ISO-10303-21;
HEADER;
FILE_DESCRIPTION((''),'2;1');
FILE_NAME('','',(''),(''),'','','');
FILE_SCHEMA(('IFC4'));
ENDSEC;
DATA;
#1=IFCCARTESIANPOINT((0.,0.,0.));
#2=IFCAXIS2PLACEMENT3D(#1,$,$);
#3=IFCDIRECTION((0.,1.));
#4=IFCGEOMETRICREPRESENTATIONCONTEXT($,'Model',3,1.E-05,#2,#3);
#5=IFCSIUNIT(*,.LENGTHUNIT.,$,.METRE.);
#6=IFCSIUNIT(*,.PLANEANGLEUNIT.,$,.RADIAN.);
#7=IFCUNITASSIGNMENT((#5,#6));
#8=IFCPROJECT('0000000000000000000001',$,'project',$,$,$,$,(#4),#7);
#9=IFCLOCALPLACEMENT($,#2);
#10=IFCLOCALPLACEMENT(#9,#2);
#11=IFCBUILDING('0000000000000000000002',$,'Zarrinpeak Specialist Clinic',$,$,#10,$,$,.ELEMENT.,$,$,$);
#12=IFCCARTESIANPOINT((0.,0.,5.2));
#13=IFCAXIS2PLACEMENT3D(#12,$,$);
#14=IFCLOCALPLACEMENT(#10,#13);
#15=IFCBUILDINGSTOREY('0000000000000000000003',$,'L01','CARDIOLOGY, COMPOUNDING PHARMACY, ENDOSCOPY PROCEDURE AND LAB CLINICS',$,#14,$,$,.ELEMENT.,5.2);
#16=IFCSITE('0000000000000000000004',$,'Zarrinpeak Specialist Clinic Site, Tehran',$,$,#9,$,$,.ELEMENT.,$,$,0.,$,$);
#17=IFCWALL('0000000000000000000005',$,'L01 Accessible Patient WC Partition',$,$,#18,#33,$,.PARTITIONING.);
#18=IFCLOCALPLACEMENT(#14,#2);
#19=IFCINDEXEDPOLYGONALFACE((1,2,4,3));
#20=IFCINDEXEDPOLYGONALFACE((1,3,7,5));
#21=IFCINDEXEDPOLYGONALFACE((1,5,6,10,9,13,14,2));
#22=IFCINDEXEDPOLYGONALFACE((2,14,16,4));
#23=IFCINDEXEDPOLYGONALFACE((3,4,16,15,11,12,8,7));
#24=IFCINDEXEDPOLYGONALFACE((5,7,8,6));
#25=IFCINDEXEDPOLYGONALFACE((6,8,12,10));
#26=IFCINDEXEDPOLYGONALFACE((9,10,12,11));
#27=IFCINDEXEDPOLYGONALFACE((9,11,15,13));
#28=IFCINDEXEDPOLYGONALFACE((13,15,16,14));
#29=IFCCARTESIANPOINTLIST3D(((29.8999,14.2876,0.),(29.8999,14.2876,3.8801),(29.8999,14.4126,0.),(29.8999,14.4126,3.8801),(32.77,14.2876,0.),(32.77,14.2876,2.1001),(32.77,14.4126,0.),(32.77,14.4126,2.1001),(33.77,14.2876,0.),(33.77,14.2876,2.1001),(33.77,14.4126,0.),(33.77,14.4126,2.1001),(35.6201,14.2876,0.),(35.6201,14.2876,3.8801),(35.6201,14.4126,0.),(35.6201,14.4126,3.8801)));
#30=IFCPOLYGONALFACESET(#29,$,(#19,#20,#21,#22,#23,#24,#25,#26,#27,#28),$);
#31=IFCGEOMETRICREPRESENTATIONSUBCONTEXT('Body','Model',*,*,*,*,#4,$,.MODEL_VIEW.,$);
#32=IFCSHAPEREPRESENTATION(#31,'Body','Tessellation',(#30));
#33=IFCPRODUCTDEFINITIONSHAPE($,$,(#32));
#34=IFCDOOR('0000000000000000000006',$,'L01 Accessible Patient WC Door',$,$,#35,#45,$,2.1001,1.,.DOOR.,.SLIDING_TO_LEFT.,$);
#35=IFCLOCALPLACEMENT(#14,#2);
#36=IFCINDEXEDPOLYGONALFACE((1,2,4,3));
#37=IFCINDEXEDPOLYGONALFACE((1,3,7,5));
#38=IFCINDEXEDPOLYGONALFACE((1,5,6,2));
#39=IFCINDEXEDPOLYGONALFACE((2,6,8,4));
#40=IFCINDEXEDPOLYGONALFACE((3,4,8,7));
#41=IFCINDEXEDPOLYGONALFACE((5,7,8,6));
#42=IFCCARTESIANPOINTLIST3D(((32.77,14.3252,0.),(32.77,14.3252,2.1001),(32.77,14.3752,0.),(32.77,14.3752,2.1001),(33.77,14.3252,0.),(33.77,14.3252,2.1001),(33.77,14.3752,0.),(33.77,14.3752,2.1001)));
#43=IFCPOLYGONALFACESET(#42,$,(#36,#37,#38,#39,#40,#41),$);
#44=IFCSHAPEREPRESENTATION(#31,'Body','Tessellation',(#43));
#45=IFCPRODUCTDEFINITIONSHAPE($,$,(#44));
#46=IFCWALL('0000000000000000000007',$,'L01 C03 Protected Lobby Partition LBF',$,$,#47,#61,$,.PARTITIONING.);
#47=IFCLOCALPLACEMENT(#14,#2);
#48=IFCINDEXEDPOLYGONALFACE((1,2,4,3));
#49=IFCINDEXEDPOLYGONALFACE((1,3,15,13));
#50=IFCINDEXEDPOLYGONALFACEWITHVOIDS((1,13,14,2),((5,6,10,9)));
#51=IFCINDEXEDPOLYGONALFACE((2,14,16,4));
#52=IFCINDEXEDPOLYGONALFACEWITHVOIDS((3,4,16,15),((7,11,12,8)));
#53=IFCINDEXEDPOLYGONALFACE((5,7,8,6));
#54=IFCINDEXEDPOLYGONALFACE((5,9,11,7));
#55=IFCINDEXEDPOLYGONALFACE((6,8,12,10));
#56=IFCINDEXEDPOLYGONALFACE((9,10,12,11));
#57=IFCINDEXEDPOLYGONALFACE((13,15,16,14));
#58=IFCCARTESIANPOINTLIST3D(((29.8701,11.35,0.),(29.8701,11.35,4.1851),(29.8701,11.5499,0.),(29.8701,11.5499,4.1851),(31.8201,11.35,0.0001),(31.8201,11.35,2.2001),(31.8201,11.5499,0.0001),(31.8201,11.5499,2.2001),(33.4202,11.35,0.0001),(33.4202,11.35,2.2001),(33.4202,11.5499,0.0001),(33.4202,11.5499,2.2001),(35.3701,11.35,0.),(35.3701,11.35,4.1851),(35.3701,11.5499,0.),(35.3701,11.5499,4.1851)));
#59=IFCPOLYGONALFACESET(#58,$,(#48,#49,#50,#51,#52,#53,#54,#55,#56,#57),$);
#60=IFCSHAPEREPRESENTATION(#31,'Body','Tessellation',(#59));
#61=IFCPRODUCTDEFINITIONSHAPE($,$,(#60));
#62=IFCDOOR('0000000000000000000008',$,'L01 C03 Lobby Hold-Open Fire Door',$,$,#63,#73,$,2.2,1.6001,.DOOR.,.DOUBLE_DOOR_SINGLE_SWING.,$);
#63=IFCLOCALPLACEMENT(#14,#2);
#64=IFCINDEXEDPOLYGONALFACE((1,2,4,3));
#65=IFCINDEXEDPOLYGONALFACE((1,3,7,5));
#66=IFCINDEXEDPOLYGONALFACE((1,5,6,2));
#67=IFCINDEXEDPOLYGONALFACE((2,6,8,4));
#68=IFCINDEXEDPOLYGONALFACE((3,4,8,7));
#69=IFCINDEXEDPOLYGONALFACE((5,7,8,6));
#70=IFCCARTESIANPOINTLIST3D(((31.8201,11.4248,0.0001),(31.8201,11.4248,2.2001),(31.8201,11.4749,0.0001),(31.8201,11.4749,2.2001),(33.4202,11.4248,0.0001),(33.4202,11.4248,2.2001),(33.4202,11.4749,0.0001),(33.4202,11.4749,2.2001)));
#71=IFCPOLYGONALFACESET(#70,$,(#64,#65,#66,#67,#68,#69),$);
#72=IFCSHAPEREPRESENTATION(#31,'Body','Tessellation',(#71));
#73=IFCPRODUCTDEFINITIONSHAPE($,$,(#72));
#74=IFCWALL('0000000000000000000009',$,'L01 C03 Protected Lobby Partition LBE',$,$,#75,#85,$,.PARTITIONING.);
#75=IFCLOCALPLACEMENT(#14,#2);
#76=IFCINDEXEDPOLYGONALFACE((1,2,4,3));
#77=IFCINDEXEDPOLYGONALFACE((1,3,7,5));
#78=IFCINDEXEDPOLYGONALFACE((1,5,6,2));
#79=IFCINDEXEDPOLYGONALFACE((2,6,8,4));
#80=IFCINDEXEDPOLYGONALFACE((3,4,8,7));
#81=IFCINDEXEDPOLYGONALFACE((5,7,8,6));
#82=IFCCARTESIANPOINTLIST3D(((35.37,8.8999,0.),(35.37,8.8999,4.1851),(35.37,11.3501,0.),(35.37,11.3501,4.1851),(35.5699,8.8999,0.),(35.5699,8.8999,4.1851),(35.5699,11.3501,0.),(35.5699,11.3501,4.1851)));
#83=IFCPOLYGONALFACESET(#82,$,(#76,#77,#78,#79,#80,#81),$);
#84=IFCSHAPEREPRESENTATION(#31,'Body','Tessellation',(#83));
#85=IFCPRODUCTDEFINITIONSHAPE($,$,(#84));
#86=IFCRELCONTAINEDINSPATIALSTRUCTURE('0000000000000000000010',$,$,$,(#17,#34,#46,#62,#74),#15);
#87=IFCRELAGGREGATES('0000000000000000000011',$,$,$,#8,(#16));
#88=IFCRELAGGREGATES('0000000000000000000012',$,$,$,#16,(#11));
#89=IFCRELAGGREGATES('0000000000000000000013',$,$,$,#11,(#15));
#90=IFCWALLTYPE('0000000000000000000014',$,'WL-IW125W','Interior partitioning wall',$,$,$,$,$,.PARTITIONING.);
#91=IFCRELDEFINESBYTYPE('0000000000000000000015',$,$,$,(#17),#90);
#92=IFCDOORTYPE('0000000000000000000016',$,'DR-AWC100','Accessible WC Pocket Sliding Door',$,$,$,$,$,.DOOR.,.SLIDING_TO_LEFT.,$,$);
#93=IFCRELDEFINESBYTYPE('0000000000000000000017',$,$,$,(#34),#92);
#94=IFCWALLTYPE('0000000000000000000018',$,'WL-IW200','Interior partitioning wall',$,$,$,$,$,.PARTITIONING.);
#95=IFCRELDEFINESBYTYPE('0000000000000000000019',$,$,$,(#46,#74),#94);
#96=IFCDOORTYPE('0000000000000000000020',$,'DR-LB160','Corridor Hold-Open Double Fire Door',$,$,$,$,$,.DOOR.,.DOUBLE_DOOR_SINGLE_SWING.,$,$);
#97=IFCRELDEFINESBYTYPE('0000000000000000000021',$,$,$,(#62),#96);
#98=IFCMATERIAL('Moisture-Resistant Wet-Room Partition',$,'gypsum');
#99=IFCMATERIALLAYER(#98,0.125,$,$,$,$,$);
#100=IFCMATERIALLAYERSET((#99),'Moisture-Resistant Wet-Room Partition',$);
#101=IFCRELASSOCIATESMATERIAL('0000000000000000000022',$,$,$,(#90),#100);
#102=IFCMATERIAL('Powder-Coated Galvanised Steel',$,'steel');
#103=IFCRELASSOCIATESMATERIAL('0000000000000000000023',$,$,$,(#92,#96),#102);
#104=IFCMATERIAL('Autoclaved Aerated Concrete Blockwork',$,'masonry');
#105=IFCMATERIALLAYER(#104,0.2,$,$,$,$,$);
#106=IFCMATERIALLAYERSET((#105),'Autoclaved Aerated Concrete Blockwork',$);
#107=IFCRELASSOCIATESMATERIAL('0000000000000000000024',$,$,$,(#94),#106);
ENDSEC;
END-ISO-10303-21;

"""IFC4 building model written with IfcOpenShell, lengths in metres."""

from ifc_helpers import new_model, si_unit, direction, frame, frame_2d, origin, place, context, subcontext, project, spatial, rectangle, extrude, material, layer, layer_set, type_object, element, fill, save


model = new_model("IFC4")

# Units and contexts
model_context = context("Model", 3, precision=1e-05, world=origin(), true_north=direction((0.0, 1.0)))
body_context = subcontext(model_context, "Body", "Model", "MODEL_VIEW")
ifc_project = project(units=[si_unit("LENGTHUNIT", "METRE"), si_unit("PLANEANGLEUNIT", "RADIAN")], contexts=[model_context])

# Site, building, storey
site_placement = place(None, origin())
site = spatial("IfcSite", under=ifc_project, at=site_placement, Name="Zarrinpeak Specialist Clinic Site, Tehran", CompositionType="ELEMENT", RefElevation=0.0)
building_placement = place(site_placement, origin())
building = spatial("IfcBuilding", under=site, at=building_placement, Name="Zarrinpeak Specialist Clinic", CompositionType="ELEMENT")
storey_placement = place(building_placement, frame((0.0, 0.0, 5.2)))
storey = spatial("IfcBuildingStorey", under=building, at=storey_placement, Name="L01", Description="CARDIOLOGY, COMPOUNDING PHARMACY, ENDOSCOPY PROCEDURE AND LAB CLINICS", CompositionType="ELEMENT", Elevation=5.2)

# Shared definitions
ifc_material_1 = material(Name="Powder-Coated Galvanised Steel", Category="steel")

# Walls, openings, doors
ifc_material_2 = material(Name="Moisture-Resistant Wet-Room Partition", Category="gypsum")
ifc_layer_1 = layer(ifc_material_2, 0.125)
ifc_layer_set_1 = layer_set([ifc_layer_1], Name="Moisture-Resistant Wet-Room Partition")
wall_type_1 = type_object("IfcWallType", Name="WL-IW125W", Description="Interior partitioning wall", PredefinedType="PARTITIONING", material=ifc_layer_set_1)
wall_1_placement = place(storey_placement, frame((29.8999, 14.3501, 0.0), z_axis=(0.0, 0.0, 1.0), x_axis=(1.0, 0.0, 0.0)))
wall_1 = element("IfcWall", 1, at=wall_1_placement, inside=storey, type_object=wall_type_1, Name="L01 Accessible Patient WC Partition", PredefinedType="PARTITIONING", context=body_context, shape_type="SweptSolid", body=[
    extrude(rectangle(XDim=5.7202, YDim=0.125, at=frame_2d((2.8601, 0.0))), origin(), (0.0, 0.0, 1.0), 3.8801),
])
opening_1_placement = place(wall_1_placement, frame((2.8701, 0.0, 0.0)))
opening_1 = element("IfcOpeningElement", 2, at=opening_1_placement, cuts=wall_1, PredefinedType="OPENING", context=body_context, shape_type="SweptSolid", body=[
    extrude(rectangle(XDim=1.0, YDim=2.1001, at=frame_2d((0.5, 1.05))), frame((0.0, 0.0725, 0.0), z_axis=(0.0, -1.0, 0.0), x_axis=(1.0, 0.0, 0.0)), (0.0, 0.0, 1.0), 0.145),
])
door_type_1 = type_object("IfcDoorType", Name="DR-AWC100", Description="Accessible WC Pocket Sliding Door", OperationType="SLIDING_TO_LEFT", PredefinedType="DOOR", material=ifc_material_1)
door_1_placement = place(opening_1_placement, frame((1.0, 0.0, 0.0), z_axis=(0.0, 0.0, 1.0), x_axis=(-1.0, 0.0, 0.0)))
door_1 = element("IfcDoor", 3, at=door_1_placement, inside=storey, type_object=door_type_1, Name="L01 Accessible Patient WC Door", OperationType="SLIDING_TO_LEFT", OverallHeight=2.1001, OverallWidth=1.0, PredefinedType="DOOR", context=body_context, shape_type="SweptSolid", body=[
    extrude(rectangle(XDim=1.0, YDim=2.1001, at=frame_2d((0.5, 1.05))), frame((0.0, 0.0249, 0.0), z_axis=(0.0, -1.0, 0.0), x_axis=(1.0, 0.0, 0.0)), (0.0, 0.0, 1.0), 0.05),
])
fill(opening_1, door_1)
ifc_material_3 = material(Name="Autoclaved Aerated Concrete Blockwork", Category="masonry")
ifc_layer_2 = layer(ifc_material_3, 0.2)
ifc_layer_set_2 = layer_set([ifc_layer_2], Name="Autoclaved Aerated Concrete Blockwork")
wall_type_2 = type_object("IfcWallType", Name="WL-IW200", Description="Interior partitioning wall", PredefinedType="PARTITIONING", material=ifc_layer_set_2)
wall_2_placement = place(storey_placement, frame((29.8701, 11.45, 0.0), z_axis=(0.0, 0.0, 1.0), x_axis=(1.0, 0.0, 0.0)))
wall_2 = element("IfcWall", 4, at=wall_2_placement, inside=storey, type_object=wall_type_2, Name="L01 C03 Protected Lobby Partition LBF", PredefinedType="PARTITIONING", context=body_context, shape_type="SweptSolid", body=[
    extrude(rectangle(XDim=5.5, YDim=0.2, at=frame_2d((2.75, 0.0))), origin(), (0.0, 0.0, 1.0), 4.1851),
])
opening_2_placement = place(wall_2_placement, frame((1.95, 0.0, 0.0)))
opening_2 = element("IfcOpeningElement", 5, at=opening_2_placement, cuts=wall_2, PredefinedType="OPENING", context=body_context, shape_type="SweptSolid", body=[
    extrude(rectangle(XDim=1.6001, YDim=2.2, at=frame_2d((0.8, 1.1001))), frame((0.0, 0.1099, 0.0), z_axis=(0.0, -1.0, 0.0), x_axis=(1.0, 0.0, 0.0)), (0.0, 0.0, 1.0), 0.22),
])
door_type_2 = type_object("IfcDoorType", Name="DR-LB160", Description="Corridor Hold-Open Double Fire Door", OperationType="DOUBLE_DOOR_SINGLE_SWING", PredefinedType="DOOR", material=ifc_material_1)
door_2_placement = place(opening_2_placement, origin())
door_2 = element("IfcDoor", 6, at=door_2_placement, inside=storey, type_object=door_type_2, Name="L01 C03 Lobby Hold-Open Fire Door", OperationType="DOUBLE_DOOR_SINGLE_SWING", OverallHeight=2.2, OverallWidth=1.6001, PredefinedType="DOOR", context=body_context, shape_type="SweptSolid", body=[
    extrude(rectangle(XDim=1.6001, YDim=2.2, at=frame_2d((0.8, 1.1001))), frame((0.0, 0.0249, 0.0), z_axis=(0.0, -1.0, 0.0), x_axis=(1.0, 0.0, 0.0)), (0.0, 0.0, 1.0), 0.05),
])
fill(opening_2, door_2)

# Wall
wall_3_placement = place(storey_placement, frame((35.47, 8.8999, 0.0), z_axis=(0.0, 0.0, 1.0), x_axis=(0.0, 1.0, 0.0)))
element("IfcWall", 7, at=wall_3_placement, inside=storey, type_object=wall_type_2, Name="L01 C03 Protected Lobby Partition LBE", PredefinedType="PARTITIONING", context=body_context, shape_type="SweptSolid", body=[
    extrude(rectangle(XDim=2.4502, YDim=0.2, at=frame_2d((1.2251, 0.0))), origin(), (0.0, 0.0, 1.0), 4.1851),
])

save(model, "model.ifc")
